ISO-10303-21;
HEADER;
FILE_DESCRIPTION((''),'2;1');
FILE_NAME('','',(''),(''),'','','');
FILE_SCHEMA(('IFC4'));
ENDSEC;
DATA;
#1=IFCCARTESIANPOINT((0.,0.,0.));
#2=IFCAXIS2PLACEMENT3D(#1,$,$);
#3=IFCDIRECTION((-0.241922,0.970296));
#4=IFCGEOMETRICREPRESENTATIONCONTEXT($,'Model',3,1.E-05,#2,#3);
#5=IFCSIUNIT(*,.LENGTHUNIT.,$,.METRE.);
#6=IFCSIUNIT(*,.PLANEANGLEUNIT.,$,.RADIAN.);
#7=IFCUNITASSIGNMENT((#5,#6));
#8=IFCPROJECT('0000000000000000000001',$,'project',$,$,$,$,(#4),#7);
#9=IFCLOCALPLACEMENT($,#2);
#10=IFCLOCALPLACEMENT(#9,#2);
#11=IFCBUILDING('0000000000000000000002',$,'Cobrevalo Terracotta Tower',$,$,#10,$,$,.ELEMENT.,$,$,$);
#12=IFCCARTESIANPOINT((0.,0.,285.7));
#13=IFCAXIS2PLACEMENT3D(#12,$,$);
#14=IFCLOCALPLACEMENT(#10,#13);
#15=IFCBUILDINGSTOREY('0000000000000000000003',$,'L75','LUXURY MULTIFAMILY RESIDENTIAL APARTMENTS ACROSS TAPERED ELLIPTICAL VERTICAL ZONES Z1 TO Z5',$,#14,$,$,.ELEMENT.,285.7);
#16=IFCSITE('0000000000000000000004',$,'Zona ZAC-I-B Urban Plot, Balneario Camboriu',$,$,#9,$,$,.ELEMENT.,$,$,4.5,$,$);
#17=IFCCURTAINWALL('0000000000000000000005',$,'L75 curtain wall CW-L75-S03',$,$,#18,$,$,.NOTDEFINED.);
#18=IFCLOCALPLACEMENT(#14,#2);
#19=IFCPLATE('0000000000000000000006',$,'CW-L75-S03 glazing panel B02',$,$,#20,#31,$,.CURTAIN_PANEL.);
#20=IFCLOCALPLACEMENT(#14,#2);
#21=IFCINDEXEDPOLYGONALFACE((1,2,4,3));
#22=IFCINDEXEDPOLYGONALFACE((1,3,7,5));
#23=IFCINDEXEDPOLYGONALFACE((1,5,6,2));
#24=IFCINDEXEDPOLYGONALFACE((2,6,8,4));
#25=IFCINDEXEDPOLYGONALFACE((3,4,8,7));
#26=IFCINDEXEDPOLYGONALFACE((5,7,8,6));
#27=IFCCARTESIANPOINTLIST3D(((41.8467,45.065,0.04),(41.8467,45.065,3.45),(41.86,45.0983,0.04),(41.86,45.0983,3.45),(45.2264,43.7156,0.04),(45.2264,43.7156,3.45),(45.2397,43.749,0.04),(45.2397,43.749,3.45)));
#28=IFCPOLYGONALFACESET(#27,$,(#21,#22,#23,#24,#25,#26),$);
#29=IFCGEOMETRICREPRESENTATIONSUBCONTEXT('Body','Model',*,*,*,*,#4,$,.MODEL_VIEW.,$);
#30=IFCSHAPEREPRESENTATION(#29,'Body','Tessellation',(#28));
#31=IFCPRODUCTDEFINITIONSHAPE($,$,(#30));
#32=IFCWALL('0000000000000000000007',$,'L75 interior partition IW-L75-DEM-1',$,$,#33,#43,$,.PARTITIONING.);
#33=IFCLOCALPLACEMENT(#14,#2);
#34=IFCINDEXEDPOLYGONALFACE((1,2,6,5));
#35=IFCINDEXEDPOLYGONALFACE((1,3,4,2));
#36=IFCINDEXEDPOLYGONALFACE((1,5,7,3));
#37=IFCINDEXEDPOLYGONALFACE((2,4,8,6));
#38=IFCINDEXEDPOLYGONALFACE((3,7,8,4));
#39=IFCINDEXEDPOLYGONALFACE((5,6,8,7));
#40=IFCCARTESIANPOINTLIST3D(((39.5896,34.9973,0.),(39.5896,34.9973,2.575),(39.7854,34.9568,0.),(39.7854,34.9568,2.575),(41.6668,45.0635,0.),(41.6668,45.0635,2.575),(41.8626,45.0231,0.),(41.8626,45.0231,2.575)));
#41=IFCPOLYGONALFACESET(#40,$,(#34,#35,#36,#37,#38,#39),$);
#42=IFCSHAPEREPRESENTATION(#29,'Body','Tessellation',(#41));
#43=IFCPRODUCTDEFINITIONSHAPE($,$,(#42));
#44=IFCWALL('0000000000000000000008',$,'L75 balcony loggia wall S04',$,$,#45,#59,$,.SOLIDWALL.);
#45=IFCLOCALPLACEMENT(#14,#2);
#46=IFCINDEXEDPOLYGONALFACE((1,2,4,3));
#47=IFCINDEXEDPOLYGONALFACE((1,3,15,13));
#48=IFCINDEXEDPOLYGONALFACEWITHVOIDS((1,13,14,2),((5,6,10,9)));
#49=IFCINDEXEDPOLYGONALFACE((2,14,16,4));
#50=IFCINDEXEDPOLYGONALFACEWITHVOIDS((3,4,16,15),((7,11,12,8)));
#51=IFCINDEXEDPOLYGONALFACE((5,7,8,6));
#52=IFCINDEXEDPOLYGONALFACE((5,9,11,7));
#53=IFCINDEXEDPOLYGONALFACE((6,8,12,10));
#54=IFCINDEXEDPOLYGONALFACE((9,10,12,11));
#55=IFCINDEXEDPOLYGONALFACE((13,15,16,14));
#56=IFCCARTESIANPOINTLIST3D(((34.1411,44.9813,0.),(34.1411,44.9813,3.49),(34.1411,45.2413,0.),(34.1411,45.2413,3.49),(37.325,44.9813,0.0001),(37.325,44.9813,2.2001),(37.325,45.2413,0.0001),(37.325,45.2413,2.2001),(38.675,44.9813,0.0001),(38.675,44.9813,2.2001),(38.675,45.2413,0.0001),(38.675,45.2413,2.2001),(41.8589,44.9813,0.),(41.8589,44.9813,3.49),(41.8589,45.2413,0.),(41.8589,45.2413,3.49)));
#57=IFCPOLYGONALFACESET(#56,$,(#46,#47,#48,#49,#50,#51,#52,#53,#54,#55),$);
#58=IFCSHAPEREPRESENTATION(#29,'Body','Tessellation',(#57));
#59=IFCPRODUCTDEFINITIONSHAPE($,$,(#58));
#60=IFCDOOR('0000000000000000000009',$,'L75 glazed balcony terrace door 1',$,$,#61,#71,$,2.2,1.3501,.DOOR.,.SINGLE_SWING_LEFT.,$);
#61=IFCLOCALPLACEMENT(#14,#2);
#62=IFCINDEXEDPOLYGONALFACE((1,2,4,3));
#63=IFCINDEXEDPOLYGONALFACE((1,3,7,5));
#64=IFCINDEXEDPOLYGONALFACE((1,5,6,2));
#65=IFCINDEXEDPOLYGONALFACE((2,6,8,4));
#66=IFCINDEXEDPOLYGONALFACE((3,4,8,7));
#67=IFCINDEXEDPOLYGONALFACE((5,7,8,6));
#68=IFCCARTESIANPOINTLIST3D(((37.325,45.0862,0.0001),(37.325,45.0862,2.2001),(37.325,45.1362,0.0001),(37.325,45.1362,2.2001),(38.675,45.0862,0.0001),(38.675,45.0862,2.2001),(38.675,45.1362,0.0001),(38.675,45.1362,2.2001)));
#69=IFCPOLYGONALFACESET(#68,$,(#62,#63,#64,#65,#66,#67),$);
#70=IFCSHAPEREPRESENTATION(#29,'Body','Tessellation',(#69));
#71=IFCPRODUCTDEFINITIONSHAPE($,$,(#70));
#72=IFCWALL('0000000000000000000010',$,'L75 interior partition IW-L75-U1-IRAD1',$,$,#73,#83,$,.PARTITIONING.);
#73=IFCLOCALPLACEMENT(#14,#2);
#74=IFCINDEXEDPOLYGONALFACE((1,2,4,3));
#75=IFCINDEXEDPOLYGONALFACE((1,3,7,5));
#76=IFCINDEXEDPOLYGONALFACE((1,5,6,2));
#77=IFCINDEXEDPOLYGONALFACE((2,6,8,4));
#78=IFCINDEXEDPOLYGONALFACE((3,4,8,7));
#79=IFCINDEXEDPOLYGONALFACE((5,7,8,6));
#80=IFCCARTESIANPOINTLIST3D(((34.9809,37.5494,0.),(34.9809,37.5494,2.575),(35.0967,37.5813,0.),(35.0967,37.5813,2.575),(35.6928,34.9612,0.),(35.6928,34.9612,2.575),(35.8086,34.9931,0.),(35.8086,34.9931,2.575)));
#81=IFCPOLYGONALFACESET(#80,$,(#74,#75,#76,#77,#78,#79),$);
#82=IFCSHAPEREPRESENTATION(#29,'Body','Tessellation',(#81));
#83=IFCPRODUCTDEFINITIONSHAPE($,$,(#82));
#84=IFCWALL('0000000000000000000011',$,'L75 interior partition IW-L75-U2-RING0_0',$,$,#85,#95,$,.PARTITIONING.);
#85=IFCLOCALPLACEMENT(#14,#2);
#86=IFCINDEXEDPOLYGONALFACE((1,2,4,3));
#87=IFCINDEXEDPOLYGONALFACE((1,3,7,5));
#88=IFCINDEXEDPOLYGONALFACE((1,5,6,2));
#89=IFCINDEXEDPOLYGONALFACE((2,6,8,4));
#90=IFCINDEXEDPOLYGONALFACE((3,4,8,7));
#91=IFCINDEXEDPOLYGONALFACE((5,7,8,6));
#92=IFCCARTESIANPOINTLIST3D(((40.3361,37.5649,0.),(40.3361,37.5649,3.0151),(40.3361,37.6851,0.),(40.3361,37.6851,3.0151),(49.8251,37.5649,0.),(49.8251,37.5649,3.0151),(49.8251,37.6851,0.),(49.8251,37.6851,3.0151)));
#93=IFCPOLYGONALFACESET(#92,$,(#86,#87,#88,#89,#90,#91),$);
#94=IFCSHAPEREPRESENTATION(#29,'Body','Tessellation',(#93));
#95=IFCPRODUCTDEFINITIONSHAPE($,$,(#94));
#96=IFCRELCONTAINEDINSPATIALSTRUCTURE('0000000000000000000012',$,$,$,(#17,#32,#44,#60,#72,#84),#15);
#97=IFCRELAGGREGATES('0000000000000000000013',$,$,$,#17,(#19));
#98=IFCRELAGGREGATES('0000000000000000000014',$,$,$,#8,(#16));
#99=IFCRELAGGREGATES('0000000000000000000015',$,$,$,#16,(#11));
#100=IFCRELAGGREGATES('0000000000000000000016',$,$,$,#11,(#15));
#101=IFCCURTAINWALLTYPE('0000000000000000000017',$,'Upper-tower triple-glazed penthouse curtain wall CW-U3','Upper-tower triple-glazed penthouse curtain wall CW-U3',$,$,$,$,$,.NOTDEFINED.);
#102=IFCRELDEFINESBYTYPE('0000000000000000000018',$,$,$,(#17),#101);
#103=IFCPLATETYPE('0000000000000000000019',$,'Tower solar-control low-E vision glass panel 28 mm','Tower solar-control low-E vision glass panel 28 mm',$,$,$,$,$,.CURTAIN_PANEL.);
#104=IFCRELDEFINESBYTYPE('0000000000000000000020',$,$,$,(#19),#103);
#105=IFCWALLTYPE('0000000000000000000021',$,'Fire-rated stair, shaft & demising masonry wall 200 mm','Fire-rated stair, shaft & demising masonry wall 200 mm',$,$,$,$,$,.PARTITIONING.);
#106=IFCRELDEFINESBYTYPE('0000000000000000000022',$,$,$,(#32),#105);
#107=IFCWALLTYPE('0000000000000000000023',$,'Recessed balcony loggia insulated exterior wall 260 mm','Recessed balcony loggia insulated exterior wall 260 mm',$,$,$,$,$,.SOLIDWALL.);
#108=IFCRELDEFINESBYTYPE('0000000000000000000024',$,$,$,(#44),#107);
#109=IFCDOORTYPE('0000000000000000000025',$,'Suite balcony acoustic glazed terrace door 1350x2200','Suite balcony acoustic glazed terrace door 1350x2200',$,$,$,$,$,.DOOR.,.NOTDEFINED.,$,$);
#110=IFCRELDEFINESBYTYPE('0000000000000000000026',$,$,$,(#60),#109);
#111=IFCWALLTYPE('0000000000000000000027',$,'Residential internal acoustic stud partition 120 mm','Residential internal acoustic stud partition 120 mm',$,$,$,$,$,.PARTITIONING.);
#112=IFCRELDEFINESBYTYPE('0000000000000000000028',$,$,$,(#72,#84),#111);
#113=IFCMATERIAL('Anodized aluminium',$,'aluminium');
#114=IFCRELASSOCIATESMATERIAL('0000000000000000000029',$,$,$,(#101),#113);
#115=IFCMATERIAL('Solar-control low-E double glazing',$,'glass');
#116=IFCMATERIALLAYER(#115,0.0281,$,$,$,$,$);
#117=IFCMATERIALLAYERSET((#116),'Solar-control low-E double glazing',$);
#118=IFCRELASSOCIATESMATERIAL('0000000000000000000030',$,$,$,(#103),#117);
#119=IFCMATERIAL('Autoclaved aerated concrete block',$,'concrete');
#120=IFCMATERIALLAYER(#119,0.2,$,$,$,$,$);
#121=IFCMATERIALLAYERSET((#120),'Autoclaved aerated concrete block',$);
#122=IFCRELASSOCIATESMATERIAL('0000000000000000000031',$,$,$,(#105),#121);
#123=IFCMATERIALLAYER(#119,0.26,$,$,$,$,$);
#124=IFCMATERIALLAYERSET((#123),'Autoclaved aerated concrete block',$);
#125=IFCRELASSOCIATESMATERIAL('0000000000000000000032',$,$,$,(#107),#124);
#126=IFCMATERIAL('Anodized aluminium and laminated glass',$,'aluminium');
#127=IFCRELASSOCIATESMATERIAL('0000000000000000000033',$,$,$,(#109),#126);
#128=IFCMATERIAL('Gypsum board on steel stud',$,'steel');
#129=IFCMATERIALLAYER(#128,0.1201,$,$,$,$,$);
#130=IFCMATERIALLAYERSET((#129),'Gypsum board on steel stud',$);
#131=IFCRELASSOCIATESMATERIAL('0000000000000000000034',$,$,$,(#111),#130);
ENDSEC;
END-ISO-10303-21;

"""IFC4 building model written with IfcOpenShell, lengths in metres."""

from ifc_helpers import new_model, si_unit, direction, frame, frame_2d, origin, origin_2d, place, context, subcontext, project, spatial, rectangle, extrude, source, transform, mapped, material, layer, layer_set, type_object, element, fill, aggregate, save


model = new_model("IFC4")

# Units and contexts
model_context = context("Model", 3, precision=1e-05, world=origin(), true_north=direction((-0.241922, 0.970296)))
body_context = subcontext(model_context, "Body", "Model", "MODEL_VIEW")
ifc_project = project(units=[si_unit("LENGTHUNIT", "METRE"), si_unit("PLANEANGLEUNIT", "RADIAN")], contexts=[model_context])

# Site, building, storey
site_placement = place(None, origin())
site = spatial("IfcSite", under=ifc_project, at=site_placement, Name="Zona ZAC-I-B Urban Plot, Balneario Camboriu", CompositionType="ELEMENT", RefElevation=4.5)
building_placement = place(site_placement, origin())
building = spatial("IfcBuilding", under=site, at=building_placement, Name="Cobrevalo Terracotta Tower", CompositionType="ELEMENT")
storey_placement = place(building_placement, frame((0.0, 0.0, 285.7)))
storey = spatial("IfcBuildingStorey", under=building, at=storey_placement, Name="L75", Description="LUXURY MULTIFAMILY RESIDENTIAL APARTMENTS ACROSS TAPERED ELLIPTICAL VERTICAL ZONES Z1 TO Z5", CompositionType="ELEMENT", Elevation=285.7)

# Curtain wall, plate
ifc_material_1 = material(Name="Anodized aluminium", Category="aluminium")
curtain_wall_type = type_object("IfcCurtainWallType", Name="Upper-tower triple-glazed penthouse curtain wall CW-U3", Description="Upper-tower triple-glazed penthouse curtain wall CW-U3", PredefinedType="NOTDEFINED", material=ifc_material_1)
curtain_wall_placement = place(storey_placement, origin())
curtain_wall = element("IfcCurtainWall", 1, at=curtain_wall_placement, inside=storey, type_object=curtain_wall_type, Name="L75 curtain wall CW-L75-S03", PredefinedType="NOTDEFINED")
ifc_material_2 = material(Name="Solar-control low-E double glazing", Category="glass")
ifc_layer_1 = layer(ifc_material_2, 0.0281)
ifc_layer_set_1 = layer_set([ifc_layer_1], Name="Solar-control low-E double glazing")
plate_type = type_object("IfcPlateType", Name="Tower solar-control low-E vision glass panel 28 mm", Description="Tower solar-control low-E vision glass panel 28 mm", PredefinedType="CURTAIN_PANEL", material=ifc_layer_set_1)
shared_shape_1 = source(origin(), body_context, "Body", "SweptSolid", [
    extrude(rectangle(XDim=3.6392, YDim=0.0359, at=origin_2d()), origin(), (0.0, 0.0, 1.0), 3.4099),
])
plate_1_placement = place(storey_placement, frame((43.5432, 44.407, 0.04), z_axis=(0.0, 0.0, 1.0), x_axis=(-0.928718, 0.370786, 0.0)))
plate_1 = element("IfcPlate", 2, at=plate_1_placement, type_object=plate_type, Name="CW-L75-S03 glazing panel B02", PredefinedType="CURTAIN_PANEL", context=body_context, shape_type="MappedRepresentation", body=[
    mapped(shared_shape_1, transform((0.0, 0.0, 0.0), scale=1.0)),
])
aggregate(curtain_wall, [plate_1])

# Wall
ifc_material_3 = material(Name="Autoclaved aerated concrete block", Category="concrete")
ifc_layer_2 = layer(ifc_material_3, 0.2)
ifc_layer_set_2 = layer_set([ifc_layer_2], Name="Autoclaved aerated concrete block")
wall_type_1 = type_object("IfcWallType", Name="Fire-rated stair, shaft & demising masonry wall 200 mm", Description="Fire-rated stair, shaft & demising masonry wall 200 mm", PredefinedType="PARTITIONING", material=ifc_layer_set_2)
wall_1_placement = place(storey_placement, frame((39.6875, 34.9771, 0.0), z_axis=(0.0, 0.0, 1.0), x_axis=(0.202092, 0.979367, 0.0)))
element("IfcWall", 3, at=wall_1_placement, inside=storey, type_object=wall_type_1, Name="L75 interior partition IW-L75-DEM-1", PredefinedType="PARTITIONING", context=body_context, shape_type="SweptSolid", body=[
    extrude(rectangle(XDim=10.2783, YDim=0.2, at=frame_2d((5.1392, 0.0))), origin(), (0.0, 0.0, 1.0), 2.575),
])

# Wall, opening, door
ifc_layer_3 = layer(ifc_material_3, 0.26)
ifc_layer_set_3 = layer_set([ifc_layer_3], Name="Autoclaved aerated concrete block")
wall_type_2 = type_object("IfcWallType", Name="Recessed balcony loggia insulated exterior wall 260 mm", Description="Recessed balcony loggia insulated exterior wall 260 mm", PredefinedType="SOLIDWALL", material=ifc_layer_set_3)
wall_2_placement = place(storey_placement, frame((41.8589, 45.1113, 0.0), z_axis=(0.0, 0.0, 1.0), x_axis=(-1.0, 0.0, 0.0)))
wall_2 = element("IfcWall", 4, at=wall_2_placement, inside=storey, type_object=wall_type_2, Name="L75 balcony loggia wall S04", PredefinedType="SOLIDWALL", context=body_context, shape_type="SweptSolid", body=[
    extrude(rectangle(XDim=7.7178, YDim=0.26, at=frame_2d((3.8589, 0.0))), origin(), (0.0, 0.0, 1.0), 3.49),
])
opening_placement = place(wall_2_placement, frame((3.1838, 0.0, 0.0)))
opening = element("IfcOpeningElement", 5, at=opening_placement, cuts=wall_2, PredefinedType="OPENING", context=body_context, shape_type="SweptSolid", body=[
    extrude(rectangle(XDim=1.3501, YDim=2.2, at=frame_2d((0.675, 1.1001))), frame((0.0, 0.1401, 0.0), z_axis=(0.0, -1.0, 0.0), x_axis=(1.0, 0.0, 0.0)), (0.0, 0.0, 1.0), 0.28),
])
ifc_material_4 = material(Name="Anodized aluminium and laminated glass", Category="aluminium")
door_type = type_object("IfcDoorType", Name="Suite balcony acoustic glazed terrace door 1350x2200", Description="Suite balcony acoustic glazed terrace door 1350x2200", OperationType="NOTDEFINED", PredefinedType="DOOR", material=ifc_material_4)
shared_shape_2 = source(origin(), body_context, "Body", "SweptSolid", [
    extrude(rectangle(XDim=1.3501, YDim=2.2, at=frame_2d((0.675, 1.1001))), frame((0.0, 0.0249, 0.0), z_axis=(0.0, -1.0, 0.0), x_axis=(1.0, 0.0, 0.0)), (0.0, 0.0, 1.0), 0.05),
])
door_placement = place(opening_placement, frame((1.3501, 0.0, 0.0), z_axis=(0.0, 0.0, 1.0), x_axis=(-1.0, 0.0, 0.0)))
door = element("IfcDoor", 6, at=door_placement, inside=storey, type_object=door_type, Name="L75 glazed balcony terrace door 1", OperationType="SINGLE_SWING_LEFT", OverallHeight=2.2, OverallWidth=1.3501, PredefinedType="DOOR", context=body_context, shape_type="MappedRepresentation", body=[
    mapped(shared_shape_2, transform((0.0, 0.0, 0.0), scale=1.0)),
])
fill(opening, door)

# Walls
ifc_material_5 = material(Name="Gypsum board on steel stud", Category="steel")
ifc_layer_4 = layer(ifc_material_5, 0.1201)
ifc_layer_set_4 = layer_set([ifc_layer_4], Name="Gypsum board on steel stud")
wall_type_3 = type_object("IfcWallType", Name="Residential internal acoustic stud partition 120 mm", Description="Residential internal acoustic stud partition 120 mm", PredefinedType="PARTITIONING", material=ifc_layer_set_4)
wall_3_placement = place(storey_placement, frame((35.7507, 34.9771, 0.0), z_axis=(0.0, 0.0, 1.0), x_axis=(-0.265218, 0.964189, 0.0)))
element("IfcWall", 7, at=wall_3_placement, inside=storey, type_object=wall_type_3, Name="L75 interior partition IW-L75-U1-IRAD1", PredefinedType="PARTITIONING", context=body_context, shape_type="SweptSolid", body=[
    extrude(rectangle(XDim=2.6843, YDim=0.1201, at=frame_2d((1.3423, 0.0))), origin(), (0.0, 0.0, 1.0), 2.575),
])
wall_4_placement = place(storey_placement, frame((40.3359, 37.625, 0.0), z_axis=(0.0, 0.0, 1.0), x_axis=(1.0, 0.0, 0.0)))
element("IfcWall", 8, at=wall_4_placement, inside=storey, type_object=wall_type_3, Name="L75 interior partition IW-L75-U2-RING0_0", PredefinedType="PARTITIONING", context=body_context, shape_type="SweptSolid", body=[
    extrude(rectangle(XDim=9.489, YDim=0.1201, at=frame_2d((4.7446, 0.0))), origin(), (0.0, 0.0, 1.0), 3.0151),
])

save(model, "model.ifc")
